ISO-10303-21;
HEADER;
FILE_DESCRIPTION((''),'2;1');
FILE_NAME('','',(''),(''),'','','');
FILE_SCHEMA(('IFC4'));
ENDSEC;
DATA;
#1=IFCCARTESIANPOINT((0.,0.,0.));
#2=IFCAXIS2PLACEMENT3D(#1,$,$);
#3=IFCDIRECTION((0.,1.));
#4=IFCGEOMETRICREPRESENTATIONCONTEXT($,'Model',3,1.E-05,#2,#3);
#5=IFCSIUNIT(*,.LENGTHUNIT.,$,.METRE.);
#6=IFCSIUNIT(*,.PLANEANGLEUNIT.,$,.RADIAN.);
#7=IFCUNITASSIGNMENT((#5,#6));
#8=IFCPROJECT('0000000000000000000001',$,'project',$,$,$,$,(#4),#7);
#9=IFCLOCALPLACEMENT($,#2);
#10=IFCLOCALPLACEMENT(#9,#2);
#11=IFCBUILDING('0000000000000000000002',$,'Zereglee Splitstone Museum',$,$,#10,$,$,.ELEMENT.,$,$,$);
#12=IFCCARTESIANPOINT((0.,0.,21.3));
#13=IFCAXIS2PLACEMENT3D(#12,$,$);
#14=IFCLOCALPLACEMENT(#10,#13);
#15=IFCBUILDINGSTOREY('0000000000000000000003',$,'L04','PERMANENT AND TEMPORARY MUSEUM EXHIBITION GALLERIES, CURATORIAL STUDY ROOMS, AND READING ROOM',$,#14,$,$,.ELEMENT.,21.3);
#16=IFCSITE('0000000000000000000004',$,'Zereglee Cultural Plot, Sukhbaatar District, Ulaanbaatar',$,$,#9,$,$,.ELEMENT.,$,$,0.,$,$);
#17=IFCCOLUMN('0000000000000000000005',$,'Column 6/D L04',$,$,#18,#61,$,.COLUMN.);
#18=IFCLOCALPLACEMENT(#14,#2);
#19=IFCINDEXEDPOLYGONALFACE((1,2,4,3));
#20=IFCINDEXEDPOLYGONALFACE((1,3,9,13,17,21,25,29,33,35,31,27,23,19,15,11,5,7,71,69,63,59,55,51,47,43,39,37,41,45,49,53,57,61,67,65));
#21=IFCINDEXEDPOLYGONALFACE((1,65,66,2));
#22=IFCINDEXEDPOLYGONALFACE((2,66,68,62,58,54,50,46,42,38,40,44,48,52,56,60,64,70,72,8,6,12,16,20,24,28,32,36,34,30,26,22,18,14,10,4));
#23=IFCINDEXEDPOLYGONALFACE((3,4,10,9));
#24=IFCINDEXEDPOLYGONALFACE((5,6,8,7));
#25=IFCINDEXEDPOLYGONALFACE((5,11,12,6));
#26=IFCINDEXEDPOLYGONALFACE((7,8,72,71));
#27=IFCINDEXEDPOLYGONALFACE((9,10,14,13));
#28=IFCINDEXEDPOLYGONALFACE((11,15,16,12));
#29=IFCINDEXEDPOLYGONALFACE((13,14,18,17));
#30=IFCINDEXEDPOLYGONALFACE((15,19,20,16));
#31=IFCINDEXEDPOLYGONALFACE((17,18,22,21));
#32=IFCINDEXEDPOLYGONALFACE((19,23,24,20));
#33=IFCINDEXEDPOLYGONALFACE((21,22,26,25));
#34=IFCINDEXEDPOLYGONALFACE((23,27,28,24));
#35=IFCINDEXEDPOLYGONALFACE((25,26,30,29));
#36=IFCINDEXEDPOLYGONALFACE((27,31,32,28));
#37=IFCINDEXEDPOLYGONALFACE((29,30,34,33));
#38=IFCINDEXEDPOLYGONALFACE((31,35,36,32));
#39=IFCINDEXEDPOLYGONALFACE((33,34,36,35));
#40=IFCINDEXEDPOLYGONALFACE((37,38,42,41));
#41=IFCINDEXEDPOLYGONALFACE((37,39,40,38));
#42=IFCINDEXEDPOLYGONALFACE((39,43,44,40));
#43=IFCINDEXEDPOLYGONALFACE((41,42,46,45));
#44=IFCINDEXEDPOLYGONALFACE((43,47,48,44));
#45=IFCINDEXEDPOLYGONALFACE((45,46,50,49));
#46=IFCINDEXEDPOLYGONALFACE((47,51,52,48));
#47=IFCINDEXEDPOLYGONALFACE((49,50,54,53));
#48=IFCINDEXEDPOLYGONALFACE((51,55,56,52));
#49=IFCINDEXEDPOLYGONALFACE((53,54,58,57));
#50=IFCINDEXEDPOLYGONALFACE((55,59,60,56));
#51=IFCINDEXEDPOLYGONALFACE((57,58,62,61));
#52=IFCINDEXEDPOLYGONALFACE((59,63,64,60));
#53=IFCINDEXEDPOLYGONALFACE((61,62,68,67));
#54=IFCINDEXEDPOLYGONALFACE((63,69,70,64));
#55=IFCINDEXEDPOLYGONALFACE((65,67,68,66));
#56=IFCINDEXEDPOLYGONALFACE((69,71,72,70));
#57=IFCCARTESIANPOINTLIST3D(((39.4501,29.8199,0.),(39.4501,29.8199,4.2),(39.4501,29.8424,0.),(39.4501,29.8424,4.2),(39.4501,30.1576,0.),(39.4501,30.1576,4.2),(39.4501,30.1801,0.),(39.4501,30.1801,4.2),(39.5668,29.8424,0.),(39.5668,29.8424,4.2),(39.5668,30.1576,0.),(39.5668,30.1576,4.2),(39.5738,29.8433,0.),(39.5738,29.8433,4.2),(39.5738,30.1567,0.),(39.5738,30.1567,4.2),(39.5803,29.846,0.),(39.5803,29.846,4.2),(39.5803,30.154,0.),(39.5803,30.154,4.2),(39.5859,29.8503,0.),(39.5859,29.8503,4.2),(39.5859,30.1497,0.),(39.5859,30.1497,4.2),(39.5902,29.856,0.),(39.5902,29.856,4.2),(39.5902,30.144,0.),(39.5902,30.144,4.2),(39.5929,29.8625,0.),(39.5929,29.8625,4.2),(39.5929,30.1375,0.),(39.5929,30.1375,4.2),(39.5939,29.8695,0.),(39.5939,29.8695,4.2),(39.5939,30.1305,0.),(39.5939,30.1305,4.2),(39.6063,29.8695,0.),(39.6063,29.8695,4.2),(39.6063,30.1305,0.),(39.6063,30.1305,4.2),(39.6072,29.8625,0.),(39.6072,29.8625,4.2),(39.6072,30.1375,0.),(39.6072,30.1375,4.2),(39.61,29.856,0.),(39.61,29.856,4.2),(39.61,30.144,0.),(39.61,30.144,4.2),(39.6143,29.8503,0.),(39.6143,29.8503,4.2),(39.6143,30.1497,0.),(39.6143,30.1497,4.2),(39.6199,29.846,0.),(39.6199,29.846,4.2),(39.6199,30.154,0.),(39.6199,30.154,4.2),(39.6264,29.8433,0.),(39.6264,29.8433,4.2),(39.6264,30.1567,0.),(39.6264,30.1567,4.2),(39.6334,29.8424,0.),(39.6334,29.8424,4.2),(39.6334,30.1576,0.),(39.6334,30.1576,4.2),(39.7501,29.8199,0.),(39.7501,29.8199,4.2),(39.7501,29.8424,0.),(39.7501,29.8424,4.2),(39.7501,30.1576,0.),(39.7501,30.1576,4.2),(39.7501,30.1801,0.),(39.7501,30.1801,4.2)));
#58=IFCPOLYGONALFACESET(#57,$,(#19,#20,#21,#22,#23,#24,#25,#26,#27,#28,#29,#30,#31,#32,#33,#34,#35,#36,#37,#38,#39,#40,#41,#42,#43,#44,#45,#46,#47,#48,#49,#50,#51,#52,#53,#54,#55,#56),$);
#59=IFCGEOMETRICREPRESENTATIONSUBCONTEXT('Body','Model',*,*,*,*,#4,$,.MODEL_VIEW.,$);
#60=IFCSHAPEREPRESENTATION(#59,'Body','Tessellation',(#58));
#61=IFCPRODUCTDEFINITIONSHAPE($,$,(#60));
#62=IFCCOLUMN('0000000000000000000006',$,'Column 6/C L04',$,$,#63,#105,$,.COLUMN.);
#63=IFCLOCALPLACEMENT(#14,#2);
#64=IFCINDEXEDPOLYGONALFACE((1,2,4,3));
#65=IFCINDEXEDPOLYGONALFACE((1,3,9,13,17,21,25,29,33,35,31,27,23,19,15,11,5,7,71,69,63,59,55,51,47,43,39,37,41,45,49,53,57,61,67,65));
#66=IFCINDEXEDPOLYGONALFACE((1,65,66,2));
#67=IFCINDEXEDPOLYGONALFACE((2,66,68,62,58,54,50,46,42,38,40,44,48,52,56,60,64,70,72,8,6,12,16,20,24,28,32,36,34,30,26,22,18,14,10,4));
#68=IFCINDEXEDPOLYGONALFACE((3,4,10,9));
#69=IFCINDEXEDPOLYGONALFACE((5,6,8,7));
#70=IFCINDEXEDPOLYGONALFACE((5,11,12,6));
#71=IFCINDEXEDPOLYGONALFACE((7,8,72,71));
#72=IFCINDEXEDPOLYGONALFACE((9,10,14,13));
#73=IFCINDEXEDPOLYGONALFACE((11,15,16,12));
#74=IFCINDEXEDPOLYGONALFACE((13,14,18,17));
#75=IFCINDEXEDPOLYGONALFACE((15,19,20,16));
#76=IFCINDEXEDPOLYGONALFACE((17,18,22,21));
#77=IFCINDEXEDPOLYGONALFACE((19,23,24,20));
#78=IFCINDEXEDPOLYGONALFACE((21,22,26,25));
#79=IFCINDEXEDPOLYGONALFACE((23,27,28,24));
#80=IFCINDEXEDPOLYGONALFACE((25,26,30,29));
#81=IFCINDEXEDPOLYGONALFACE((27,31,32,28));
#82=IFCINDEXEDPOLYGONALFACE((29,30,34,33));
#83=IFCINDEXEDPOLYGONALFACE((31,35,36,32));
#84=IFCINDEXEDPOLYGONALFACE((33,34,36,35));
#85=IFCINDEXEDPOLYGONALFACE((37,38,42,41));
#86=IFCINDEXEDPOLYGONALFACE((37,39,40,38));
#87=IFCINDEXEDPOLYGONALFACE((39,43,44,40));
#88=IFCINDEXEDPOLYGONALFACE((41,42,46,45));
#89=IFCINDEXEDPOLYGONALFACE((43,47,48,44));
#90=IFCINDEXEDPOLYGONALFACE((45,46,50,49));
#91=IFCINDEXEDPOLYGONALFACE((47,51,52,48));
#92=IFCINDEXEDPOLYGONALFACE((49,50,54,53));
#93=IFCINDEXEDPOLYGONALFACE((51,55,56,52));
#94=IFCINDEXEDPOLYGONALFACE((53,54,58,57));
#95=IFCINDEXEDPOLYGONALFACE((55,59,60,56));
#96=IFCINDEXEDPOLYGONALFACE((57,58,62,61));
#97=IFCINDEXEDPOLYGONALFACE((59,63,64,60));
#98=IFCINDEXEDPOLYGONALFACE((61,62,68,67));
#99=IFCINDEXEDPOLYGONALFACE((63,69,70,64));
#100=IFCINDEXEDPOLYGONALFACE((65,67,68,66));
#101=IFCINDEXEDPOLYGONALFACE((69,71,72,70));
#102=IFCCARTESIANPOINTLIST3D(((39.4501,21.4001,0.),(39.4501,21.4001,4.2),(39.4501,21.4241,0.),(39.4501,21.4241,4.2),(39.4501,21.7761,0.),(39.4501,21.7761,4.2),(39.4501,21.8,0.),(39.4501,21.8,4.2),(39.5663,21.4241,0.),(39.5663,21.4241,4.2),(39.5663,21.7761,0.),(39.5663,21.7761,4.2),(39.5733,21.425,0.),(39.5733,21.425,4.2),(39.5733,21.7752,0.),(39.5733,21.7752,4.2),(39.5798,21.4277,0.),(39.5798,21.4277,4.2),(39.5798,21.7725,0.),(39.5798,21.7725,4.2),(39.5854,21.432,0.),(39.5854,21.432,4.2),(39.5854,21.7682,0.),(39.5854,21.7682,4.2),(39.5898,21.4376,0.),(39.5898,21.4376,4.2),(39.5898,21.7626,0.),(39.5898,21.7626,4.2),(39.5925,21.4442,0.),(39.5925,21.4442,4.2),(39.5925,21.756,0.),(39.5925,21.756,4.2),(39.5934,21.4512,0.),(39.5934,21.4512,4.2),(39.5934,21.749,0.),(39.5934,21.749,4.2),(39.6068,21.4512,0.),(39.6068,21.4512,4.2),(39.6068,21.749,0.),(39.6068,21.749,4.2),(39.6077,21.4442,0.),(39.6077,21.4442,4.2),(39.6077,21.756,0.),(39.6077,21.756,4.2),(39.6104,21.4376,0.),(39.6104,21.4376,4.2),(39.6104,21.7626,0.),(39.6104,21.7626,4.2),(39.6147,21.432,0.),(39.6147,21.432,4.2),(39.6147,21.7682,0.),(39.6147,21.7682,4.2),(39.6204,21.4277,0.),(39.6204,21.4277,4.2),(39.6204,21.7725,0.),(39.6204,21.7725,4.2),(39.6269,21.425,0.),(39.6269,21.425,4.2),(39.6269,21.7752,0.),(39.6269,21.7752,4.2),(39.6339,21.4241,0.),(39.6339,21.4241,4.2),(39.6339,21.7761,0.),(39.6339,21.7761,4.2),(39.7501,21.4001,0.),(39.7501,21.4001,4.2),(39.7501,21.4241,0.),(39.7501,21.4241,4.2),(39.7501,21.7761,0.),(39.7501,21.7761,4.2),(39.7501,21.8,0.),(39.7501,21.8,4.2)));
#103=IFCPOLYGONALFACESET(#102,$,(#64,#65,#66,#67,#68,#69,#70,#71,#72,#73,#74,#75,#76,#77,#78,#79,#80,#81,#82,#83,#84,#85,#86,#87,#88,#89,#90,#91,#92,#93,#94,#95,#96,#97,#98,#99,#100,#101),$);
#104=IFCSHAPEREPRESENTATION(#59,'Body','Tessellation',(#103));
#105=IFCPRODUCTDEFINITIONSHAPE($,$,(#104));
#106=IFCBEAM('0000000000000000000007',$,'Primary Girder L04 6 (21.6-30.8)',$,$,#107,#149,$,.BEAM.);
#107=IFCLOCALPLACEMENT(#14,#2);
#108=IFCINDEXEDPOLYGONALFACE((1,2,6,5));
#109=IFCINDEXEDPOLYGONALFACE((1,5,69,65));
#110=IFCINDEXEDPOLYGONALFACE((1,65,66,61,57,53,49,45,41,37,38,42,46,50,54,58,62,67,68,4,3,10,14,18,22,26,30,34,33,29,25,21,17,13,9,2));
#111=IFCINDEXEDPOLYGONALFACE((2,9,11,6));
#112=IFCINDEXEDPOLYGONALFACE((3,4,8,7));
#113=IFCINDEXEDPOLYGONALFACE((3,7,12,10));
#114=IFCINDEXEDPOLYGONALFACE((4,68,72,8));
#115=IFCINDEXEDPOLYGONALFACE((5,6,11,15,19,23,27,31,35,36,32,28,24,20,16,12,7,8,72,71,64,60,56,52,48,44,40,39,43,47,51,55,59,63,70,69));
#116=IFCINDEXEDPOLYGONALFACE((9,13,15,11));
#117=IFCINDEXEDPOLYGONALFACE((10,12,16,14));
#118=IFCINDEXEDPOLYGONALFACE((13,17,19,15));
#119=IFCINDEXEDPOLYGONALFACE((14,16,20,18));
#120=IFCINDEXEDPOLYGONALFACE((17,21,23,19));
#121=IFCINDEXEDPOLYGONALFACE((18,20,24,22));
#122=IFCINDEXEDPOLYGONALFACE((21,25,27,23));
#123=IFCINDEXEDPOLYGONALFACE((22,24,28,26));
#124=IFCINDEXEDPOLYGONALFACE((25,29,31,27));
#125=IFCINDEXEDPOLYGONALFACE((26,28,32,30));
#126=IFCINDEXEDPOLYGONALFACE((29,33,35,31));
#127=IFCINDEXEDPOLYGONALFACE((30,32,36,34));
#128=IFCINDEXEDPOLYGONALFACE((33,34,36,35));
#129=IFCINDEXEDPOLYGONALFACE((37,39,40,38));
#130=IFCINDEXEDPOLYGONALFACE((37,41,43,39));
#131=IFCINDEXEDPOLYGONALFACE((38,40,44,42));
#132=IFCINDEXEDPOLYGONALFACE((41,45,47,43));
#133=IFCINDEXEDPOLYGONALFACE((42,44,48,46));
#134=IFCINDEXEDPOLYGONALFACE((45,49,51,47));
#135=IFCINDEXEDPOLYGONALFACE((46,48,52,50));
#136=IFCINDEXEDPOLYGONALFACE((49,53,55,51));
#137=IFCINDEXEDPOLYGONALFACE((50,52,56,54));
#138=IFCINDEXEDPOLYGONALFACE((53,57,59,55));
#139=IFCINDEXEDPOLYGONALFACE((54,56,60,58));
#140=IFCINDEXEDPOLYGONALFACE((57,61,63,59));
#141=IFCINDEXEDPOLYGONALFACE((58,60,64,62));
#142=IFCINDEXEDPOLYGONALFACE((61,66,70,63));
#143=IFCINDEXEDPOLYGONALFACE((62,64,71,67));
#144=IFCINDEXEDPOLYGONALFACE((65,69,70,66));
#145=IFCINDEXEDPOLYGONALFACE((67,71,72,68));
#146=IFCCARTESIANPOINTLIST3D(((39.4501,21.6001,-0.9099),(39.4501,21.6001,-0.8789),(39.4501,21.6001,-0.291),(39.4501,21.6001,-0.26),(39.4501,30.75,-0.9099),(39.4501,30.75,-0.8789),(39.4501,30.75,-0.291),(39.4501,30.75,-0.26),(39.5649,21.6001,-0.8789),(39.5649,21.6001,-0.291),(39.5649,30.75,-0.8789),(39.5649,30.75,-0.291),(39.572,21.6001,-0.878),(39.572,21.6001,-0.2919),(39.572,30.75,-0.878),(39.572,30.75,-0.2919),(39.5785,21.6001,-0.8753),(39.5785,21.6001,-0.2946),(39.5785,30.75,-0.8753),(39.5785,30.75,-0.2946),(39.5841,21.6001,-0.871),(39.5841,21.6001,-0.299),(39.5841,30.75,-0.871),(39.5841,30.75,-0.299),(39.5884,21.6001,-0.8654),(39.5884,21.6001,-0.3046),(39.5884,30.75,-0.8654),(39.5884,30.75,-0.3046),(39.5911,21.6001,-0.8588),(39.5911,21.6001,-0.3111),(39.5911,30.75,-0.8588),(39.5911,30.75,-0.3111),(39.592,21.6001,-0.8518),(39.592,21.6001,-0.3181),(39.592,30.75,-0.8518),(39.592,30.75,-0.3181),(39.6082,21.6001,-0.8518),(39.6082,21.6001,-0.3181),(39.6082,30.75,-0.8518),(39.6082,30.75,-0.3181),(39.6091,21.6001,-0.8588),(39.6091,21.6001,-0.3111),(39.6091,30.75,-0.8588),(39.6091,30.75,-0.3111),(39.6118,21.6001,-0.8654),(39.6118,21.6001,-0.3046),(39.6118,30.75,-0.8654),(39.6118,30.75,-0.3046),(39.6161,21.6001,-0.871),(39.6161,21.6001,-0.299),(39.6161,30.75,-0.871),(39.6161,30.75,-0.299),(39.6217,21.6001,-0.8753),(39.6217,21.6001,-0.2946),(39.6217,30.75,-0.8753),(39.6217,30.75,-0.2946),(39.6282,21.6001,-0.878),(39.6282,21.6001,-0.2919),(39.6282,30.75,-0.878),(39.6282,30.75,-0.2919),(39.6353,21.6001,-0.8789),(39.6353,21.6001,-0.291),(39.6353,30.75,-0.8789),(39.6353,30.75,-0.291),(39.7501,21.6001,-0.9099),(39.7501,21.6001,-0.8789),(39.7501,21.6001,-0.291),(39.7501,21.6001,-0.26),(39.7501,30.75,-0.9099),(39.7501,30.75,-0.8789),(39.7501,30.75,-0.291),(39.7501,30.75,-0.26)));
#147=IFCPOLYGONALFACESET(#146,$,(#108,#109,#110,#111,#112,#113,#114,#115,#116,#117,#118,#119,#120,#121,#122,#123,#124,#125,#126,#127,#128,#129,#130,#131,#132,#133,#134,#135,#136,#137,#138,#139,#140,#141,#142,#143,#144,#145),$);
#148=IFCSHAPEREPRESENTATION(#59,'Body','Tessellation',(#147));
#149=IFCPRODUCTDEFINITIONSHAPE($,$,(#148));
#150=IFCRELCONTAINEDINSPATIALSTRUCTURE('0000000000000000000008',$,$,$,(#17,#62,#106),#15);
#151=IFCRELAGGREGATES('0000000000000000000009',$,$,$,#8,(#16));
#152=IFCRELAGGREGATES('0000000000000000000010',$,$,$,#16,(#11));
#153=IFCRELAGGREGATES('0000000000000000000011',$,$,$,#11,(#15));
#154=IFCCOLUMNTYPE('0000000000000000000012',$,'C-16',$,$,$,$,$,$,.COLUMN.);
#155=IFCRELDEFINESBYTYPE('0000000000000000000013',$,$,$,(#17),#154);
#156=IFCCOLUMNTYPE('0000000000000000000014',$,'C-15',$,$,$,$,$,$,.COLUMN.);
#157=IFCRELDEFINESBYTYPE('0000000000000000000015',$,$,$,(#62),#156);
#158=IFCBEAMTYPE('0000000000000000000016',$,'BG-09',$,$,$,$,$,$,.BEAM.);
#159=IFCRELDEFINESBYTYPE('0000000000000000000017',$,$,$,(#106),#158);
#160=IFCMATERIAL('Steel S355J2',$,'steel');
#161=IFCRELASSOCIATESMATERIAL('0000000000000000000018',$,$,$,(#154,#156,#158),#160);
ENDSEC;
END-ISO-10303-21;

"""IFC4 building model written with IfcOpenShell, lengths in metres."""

from ifc_helpers import new_model, si_unit, direction, frame, origin, origin_2d, place, context, subcontext, project, spatial, i_section, extrude, material, material_profile, profile_set, type_object, element, save


model = new_model("IFC4")

# Units and contexts
model_context = context("Model", 3, precision=1e-05, world=origin(), true_north=direction((0.0, 1.0)))
body_context = subcontext(model_context, "Body", "Model", "MODEL_VIEW")
ifc_project = project(units=[si_unit("LENGTHUNIT", "METRE"), si_unit("PLANEANGLEUNIT", "RADIAN")], contexts=[model_context])

# Site, building, storey
site_placement = place(None, origin())
site = spatial("IfcSite", under=ifc_project, at=site_placement, Name="Zereglee Cultural Plot, Sukhbaatar District, Ulaanbaatar", CompositionType="ELEMENT", RefElevation=0.0)
building_placement = place(site_placement, origin())
building = spatial("IfcBuilding", under=site, at=building_placement, Name="Zereglee Splitstone Museum", CompositionType="ELEMENT")
storey_placement = place(building_placement, frame((0.0, 0.0, 21.3)))
storey = spatial("IfcBuildingStorey", under=building, at=storey_placement, Name="L04", Description="PERMANENT AND TEMPORARY MUSEUM EXHIBITION GALLERIES, CURATORIAL STUDY ROOMS, AND READING ROOM", CompositionType="ELEMENT", Elevation=21.3)

# Columns
ifc_material_1 = material(Name="Steel S355J2", Category="steel")
ifc_material_profile_1 = material_profile(ifc_material_1, i_section(OverallWidth=0.3, OverallDepth=0.3601, WebThickness=0.0125, FlangeThickness=0.0225, FilletRadius=0.0271, at=origin_2d()), Name="HE 360 B")
ifc_profile_set_1 = profile_set([ifc_material_profile_1], Name="Steel S355J2")
column_type_1 = type_object("IfcColumnType", Name="C-16", PredefinedType="COLUMN", material=ifc_profile_set_1)
column_1_placement = place(storey_placement, frame((39.6001, 30.0, 0.0), z_axis=(0.0, 0.0, 1.0), x_axis=(1.0, 0.0, 0.0)))
element("IfcColumn", 1, at=column_1_placement, inside=storey, type_object=column_type_1, Name="Column 6/D L04", PredefinedType="COLUMN", context=body_context, shape_type="SweptSolid", body=[
    extrude(i_section(OverallWidth=0.3, OverallDepth=0.3601, WebThickness=0.0125, FlangeThickness=0.0225, FilletRadius=0.0271, at=origin_2d()), origin(), (0.0, 0.0, 1.0), 4.2),
])
ifc_material_profile_2 = material_profile(ifc_material_1, i_section(OverallWidth=0.3, OverallDepth=0.3999, WebThickness=0.0134, FlangeThickness=0.0239, FilletRadius=0.0271, at=origin_2d()), Name="HE 400 B")
ifc_profile_set_2 = profile_set([ifc_material_profile_2], Name="Steel S355J2")
column_type_2 = type_object("IfcColumnType", Name="C-15", PredefinedType="COLUMN", material=ifc_profile_set_2)
column_2_placement = place(storey_placement, frame((39.6001, 21.6001, 0.0), z_axis=(0.0, 0.0, 1.0), x_axis=(1.0, 0.0, 0.0)))
element("IfcColumn", 2, at=column_2_placement, inside=storey, type_object=column_type_2, Name="Column 6/C L04", PredefinedType="COLUMN", context=body_context, shape_type="SweptSolid", body=[
    extrude(i_section(OverallWidth=0.3, OverallDepth=0.3999, WebThickness=0.0134, FlangeThickness=0.0239, FilletRadius=0.0271, at=origin_2d()), origin(), (0.0, 0.0, 1.0), 4.2),
])

# Beam
ifc_material_profile_3 = material_profile(ifc_material_1, i_section(OverallWidth=0.3, OverallDepth=0.6499, WebThickness=0.0161, FlangeThickness=0.031, FilletRadius=0.0271, at=origin_2d()), Name="HE 650 B")
ifc_profile_set_3 = profile_set([ifc_material_profile_3], Name="Steel S355J2")
beam_type_1 = type_object("IfcBeamType", Name="BG-09", PredefinedType="BEAM", material=ifc_profile_set_3)
beam_1_placement = place(storey_placement, frame((39.6001, 21.6001, -0.585), z_axis=(0.0, 1.0, 0.0), x_axis=(-1.0, 0.0, 0.0)))
element("IfcBeam", 3, at=beam_1_placement, inside=storey, type_object=beam_type_1, Name="Primary Girder L04 6 (21.6-30.8)", PredefinedType="BEAM", context=body_context, shape_type="SweptSolid", body=[
    extrude(i_section(OverallWidth=0.3, OverallDepth=0.6499, WebThickness=0.0161, FlangeThickness=0.031, FilletRadius=0.0271, at=origin_2d()), origin(), (0.0, 0.0, 1.0), 9.1499),
])

save(model, "model.ifc")
